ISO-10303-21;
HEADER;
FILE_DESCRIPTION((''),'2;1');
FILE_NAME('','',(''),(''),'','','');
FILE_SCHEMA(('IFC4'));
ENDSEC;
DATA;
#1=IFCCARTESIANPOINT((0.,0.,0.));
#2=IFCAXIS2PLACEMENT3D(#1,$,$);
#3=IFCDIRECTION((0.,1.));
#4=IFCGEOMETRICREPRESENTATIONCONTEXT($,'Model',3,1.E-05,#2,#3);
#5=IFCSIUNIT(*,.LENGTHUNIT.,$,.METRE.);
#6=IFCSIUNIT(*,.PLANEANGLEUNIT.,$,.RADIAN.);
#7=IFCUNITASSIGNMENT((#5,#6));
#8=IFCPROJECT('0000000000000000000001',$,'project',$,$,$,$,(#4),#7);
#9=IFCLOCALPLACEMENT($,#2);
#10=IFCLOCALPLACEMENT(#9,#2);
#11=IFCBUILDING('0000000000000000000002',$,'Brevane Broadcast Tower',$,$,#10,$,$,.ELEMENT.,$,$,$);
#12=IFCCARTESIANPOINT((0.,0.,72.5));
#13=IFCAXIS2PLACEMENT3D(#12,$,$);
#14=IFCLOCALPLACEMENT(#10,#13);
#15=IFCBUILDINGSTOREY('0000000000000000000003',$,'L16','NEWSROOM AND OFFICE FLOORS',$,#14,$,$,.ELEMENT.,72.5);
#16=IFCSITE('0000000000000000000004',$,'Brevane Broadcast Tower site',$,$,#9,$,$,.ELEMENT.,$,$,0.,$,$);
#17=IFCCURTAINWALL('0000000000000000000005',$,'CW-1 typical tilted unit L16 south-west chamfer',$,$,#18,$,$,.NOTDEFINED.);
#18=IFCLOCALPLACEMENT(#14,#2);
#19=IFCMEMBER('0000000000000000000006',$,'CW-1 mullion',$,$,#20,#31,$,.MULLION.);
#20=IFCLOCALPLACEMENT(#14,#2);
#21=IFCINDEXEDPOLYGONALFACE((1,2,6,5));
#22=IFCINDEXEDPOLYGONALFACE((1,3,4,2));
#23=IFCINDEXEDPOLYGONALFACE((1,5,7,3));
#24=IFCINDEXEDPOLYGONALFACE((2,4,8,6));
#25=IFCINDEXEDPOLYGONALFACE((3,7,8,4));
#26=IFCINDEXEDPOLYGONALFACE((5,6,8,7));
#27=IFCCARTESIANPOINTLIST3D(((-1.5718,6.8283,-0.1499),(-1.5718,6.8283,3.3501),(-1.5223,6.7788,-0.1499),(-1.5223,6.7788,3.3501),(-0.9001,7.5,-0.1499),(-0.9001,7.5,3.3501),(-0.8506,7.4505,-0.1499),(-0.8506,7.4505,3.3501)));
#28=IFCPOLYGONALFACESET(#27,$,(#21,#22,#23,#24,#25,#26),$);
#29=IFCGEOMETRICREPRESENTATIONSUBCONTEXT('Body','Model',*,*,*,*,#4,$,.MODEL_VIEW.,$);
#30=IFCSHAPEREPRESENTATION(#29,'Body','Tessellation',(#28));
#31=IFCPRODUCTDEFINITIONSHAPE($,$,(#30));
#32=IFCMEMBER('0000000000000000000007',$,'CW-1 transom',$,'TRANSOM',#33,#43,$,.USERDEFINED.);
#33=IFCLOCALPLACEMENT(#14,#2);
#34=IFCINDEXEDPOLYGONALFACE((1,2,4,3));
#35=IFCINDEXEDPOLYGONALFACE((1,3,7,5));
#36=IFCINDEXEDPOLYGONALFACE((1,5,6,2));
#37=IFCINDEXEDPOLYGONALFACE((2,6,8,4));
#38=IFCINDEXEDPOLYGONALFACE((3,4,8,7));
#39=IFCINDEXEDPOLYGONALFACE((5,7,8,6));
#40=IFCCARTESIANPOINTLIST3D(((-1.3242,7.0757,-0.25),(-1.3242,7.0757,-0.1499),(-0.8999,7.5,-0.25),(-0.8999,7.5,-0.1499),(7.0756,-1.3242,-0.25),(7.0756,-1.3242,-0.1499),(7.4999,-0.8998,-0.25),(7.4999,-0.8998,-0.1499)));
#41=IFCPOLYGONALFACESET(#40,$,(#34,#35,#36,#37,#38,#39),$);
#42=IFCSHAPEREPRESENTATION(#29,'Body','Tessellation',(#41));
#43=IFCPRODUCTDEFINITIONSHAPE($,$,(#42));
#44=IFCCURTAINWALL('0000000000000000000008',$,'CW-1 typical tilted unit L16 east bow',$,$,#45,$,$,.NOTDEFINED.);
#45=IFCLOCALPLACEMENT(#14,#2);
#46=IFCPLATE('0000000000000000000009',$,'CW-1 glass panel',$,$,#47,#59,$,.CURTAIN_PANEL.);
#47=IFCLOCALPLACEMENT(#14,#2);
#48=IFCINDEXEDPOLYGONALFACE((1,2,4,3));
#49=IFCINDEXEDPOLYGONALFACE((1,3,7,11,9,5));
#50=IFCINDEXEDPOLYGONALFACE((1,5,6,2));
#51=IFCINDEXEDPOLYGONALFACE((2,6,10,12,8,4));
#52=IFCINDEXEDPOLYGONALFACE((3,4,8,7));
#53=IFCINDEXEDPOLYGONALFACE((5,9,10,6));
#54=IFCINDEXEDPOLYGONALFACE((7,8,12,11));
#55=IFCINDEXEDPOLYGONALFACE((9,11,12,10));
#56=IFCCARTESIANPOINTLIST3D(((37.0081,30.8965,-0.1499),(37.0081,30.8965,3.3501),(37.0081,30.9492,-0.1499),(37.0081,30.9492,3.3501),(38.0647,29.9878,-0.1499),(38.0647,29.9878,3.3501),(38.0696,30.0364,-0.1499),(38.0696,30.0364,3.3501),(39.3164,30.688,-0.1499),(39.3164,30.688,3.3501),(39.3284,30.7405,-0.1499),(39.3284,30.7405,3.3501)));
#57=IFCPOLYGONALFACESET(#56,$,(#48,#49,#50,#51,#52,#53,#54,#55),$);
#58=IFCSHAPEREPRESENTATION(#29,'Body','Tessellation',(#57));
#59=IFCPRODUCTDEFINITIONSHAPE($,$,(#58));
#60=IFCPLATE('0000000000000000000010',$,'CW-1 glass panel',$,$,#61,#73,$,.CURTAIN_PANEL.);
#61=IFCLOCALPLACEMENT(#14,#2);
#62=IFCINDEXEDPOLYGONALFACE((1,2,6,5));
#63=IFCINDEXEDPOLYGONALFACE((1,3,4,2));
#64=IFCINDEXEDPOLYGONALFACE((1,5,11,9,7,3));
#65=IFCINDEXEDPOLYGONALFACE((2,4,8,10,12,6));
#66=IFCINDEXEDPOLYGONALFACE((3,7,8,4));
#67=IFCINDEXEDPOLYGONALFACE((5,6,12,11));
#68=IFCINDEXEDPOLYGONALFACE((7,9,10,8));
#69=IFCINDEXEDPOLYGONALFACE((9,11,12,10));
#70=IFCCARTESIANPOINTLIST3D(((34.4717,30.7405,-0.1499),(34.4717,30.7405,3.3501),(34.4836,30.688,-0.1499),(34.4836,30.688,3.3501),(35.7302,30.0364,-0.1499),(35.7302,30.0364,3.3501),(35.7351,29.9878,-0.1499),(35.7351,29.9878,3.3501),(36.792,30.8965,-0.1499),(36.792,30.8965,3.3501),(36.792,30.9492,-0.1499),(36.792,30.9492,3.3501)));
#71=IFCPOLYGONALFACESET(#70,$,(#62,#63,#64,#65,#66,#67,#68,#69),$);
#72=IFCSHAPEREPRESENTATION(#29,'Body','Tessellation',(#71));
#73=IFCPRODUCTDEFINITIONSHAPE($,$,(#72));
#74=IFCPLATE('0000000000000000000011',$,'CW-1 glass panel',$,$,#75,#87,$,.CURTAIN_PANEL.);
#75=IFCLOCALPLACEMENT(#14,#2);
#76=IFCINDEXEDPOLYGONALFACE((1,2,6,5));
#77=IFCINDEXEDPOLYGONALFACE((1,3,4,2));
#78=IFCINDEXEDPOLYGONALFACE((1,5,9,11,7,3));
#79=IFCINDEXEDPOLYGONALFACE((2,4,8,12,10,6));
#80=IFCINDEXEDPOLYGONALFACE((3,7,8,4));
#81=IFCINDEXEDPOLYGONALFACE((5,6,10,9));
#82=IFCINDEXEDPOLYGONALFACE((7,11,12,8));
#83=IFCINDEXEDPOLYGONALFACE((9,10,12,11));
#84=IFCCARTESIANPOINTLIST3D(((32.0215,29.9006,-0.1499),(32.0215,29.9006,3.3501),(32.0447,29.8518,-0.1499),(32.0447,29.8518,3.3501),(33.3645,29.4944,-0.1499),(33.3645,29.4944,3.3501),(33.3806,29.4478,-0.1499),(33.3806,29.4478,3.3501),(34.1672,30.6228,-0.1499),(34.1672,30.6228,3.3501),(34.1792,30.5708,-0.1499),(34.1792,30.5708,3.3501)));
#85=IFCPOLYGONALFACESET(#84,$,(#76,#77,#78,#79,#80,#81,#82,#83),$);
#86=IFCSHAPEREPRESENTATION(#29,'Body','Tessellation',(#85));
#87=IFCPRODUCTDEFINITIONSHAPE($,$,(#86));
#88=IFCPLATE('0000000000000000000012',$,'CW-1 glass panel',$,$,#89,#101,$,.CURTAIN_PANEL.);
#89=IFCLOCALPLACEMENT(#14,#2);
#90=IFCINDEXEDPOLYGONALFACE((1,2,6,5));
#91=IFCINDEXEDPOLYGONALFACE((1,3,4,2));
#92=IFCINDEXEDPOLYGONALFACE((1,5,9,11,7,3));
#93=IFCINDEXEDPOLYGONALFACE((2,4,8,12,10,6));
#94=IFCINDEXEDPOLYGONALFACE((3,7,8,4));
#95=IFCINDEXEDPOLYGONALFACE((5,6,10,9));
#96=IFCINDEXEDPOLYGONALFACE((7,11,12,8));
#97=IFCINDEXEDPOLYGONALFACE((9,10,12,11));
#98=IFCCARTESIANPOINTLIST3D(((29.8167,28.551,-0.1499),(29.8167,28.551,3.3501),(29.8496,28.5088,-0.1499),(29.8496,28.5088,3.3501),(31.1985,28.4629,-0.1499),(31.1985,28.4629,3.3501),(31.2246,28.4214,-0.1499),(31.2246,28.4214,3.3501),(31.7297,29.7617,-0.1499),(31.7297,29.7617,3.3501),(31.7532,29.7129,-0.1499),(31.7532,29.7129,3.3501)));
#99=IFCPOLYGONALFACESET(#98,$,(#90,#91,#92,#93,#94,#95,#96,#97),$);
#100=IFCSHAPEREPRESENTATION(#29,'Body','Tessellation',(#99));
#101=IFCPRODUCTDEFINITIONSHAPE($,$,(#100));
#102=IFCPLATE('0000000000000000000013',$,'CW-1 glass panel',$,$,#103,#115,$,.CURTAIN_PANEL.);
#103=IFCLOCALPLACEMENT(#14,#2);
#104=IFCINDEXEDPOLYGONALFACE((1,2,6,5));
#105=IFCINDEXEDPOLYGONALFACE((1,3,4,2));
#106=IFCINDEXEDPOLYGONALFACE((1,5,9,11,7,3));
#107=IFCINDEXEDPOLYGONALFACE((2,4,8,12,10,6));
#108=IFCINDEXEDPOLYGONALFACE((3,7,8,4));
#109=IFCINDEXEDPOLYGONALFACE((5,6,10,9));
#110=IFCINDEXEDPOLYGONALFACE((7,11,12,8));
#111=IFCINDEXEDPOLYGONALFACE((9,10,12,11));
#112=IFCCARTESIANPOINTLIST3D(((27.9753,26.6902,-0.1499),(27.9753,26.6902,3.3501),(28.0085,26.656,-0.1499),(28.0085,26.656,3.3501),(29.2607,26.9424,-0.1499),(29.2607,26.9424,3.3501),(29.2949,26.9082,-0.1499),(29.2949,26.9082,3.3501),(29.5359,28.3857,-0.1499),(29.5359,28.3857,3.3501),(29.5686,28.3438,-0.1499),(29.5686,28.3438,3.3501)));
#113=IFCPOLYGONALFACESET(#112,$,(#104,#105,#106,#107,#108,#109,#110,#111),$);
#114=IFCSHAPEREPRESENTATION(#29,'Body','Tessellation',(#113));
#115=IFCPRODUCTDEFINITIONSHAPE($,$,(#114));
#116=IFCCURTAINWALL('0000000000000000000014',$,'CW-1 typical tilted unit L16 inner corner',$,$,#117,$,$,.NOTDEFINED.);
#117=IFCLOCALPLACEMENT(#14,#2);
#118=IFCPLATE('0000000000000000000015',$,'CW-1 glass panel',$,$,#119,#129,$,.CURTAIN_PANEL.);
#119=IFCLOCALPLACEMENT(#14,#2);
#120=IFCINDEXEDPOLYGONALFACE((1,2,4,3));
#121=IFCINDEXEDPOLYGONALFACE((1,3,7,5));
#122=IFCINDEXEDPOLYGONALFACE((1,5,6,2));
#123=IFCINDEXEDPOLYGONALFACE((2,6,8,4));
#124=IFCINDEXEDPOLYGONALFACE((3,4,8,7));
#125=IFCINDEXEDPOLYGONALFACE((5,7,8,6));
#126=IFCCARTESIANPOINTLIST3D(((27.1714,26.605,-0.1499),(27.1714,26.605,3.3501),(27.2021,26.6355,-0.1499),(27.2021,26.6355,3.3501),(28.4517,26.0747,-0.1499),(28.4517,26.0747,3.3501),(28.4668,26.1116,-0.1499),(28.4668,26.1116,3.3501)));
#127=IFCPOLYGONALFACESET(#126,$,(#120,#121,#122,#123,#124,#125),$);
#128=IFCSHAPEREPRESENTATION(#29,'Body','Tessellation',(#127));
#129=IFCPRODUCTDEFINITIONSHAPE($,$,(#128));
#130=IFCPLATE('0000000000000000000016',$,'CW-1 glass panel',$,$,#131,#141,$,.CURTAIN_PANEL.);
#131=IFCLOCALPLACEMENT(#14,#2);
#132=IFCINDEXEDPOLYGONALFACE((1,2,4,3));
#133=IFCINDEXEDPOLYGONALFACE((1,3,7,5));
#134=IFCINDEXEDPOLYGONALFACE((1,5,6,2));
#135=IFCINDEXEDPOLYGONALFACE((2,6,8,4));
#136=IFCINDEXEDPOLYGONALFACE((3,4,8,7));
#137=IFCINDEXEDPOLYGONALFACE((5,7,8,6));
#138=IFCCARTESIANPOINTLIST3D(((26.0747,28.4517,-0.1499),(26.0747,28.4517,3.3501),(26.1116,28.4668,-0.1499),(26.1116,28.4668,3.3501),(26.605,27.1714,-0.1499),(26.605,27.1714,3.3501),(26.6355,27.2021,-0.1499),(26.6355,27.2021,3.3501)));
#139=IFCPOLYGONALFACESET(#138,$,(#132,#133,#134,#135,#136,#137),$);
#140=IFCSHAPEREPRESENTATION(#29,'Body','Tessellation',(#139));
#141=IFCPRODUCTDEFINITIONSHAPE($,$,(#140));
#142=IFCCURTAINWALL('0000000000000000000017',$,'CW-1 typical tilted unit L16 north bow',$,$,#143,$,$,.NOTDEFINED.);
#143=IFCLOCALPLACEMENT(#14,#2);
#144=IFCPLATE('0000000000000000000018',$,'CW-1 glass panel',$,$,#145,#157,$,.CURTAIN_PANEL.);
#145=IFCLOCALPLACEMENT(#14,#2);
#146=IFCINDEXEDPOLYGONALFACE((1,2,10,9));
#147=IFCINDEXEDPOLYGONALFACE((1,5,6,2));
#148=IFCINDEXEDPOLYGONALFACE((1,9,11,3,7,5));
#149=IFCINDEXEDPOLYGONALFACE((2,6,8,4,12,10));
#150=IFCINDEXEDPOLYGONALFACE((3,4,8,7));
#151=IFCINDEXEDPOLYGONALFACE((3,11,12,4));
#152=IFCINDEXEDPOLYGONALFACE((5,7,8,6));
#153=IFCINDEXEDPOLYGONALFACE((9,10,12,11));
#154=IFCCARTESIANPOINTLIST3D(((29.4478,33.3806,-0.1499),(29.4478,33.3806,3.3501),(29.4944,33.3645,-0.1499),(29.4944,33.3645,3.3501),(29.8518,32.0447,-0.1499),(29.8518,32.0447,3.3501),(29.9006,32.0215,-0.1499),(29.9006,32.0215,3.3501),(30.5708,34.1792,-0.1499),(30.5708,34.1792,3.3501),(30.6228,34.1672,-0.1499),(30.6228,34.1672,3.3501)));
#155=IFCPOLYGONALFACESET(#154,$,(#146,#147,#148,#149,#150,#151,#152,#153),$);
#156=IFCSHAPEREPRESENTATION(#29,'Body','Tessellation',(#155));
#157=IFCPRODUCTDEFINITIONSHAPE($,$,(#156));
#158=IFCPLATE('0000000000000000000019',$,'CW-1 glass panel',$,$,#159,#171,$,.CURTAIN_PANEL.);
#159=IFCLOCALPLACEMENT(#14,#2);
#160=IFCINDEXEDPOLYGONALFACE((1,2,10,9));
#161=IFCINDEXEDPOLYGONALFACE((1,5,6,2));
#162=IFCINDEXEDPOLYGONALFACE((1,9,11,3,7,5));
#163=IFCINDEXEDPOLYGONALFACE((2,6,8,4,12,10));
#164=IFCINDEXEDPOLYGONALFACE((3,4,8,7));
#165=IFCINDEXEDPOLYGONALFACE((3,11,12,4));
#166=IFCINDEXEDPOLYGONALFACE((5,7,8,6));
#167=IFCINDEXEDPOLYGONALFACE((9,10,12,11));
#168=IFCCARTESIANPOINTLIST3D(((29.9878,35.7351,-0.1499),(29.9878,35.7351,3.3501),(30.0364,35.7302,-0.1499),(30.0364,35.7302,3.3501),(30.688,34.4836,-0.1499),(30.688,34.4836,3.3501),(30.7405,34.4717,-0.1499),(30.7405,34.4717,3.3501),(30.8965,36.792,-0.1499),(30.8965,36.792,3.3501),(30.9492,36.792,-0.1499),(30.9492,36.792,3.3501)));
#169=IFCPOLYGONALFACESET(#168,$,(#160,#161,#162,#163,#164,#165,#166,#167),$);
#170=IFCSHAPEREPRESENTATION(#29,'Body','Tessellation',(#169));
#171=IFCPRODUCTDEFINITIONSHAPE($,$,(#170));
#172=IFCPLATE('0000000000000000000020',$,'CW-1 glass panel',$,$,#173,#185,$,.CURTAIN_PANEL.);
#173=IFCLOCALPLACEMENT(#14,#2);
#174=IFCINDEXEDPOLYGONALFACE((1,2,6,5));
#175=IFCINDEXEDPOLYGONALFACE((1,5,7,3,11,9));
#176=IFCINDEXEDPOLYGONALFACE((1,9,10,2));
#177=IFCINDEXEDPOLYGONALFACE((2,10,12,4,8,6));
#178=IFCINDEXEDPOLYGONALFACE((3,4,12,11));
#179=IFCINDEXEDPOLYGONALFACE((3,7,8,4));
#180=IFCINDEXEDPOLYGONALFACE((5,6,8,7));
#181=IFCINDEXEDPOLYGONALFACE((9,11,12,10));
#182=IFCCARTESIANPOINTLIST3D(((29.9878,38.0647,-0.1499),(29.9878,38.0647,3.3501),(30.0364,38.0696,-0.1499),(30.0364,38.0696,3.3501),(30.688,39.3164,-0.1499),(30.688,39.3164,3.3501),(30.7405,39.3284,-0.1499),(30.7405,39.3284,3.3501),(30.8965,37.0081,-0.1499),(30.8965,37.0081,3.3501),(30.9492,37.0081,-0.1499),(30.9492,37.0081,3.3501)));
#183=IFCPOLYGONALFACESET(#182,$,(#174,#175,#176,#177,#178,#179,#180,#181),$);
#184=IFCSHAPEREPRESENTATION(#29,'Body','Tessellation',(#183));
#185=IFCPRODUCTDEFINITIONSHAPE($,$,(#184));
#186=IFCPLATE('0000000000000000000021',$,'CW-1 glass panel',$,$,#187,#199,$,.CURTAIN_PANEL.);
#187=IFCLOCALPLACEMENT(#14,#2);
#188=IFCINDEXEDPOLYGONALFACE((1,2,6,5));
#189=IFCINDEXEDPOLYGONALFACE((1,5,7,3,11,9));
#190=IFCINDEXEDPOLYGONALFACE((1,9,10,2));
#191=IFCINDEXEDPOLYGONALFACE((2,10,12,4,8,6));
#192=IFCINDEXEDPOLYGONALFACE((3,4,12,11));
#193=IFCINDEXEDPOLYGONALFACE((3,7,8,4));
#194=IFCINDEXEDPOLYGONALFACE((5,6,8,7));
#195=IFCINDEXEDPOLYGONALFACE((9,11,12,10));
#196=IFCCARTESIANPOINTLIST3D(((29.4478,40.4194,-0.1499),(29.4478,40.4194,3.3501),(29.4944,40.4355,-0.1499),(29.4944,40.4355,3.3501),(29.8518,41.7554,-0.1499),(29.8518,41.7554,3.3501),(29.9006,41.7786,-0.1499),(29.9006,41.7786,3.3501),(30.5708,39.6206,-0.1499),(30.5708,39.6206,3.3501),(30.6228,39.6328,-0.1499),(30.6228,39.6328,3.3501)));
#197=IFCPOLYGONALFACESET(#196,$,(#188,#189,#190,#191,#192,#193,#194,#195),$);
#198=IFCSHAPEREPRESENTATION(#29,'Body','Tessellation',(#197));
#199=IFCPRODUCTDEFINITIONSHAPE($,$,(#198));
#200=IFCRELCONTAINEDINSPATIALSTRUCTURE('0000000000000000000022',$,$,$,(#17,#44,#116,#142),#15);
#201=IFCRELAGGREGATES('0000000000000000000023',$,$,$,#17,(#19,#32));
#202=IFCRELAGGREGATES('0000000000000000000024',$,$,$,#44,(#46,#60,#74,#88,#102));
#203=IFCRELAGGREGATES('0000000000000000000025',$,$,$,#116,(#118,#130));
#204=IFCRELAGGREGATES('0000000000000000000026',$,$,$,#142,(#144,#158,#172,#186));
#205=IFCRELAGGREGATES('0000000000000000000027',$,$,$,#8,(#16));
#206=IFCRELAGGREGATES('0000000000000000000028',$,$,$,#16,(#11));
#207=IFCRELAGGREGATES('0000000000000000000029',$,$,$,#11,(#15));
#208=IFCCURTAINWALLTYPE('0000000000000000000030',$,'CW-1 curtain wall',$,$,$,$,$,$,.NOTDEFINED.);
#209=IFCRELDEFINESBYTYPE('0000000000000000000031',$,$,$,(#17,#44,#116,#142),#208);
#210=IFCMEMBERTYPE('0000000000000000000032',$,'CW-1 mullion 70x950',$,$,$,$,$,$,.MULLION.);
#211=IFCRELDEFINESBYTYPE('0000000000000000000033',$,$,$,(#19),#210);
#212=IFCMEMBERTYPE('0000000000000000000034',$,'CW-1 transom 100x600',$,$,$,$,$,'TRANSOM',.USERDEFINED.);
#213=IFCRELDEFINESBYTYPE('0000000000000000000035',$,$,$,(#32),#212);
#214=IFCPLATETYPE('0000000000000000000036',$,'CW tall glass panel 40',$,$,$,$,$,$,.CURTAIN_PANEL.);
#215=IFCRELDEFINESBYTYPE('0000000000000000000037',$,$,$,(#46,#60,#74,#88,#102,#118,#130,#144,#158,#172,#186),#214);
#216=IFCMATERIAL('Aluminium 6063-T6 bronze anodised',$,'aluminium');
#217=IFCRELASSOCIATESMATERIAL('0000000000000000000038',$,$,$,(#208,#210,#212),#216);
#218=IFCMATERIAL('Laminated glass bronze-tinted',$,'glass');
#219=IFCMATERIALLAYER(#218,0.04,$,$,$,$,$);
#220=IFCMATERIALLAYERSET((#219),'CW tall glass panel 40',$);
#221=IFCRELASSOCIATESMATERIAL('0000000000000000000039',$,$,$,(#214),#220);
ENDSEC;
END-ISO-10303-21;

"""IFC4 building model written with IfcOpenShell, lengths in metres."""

from ifc_helpers import new_model, si_unit, direction, frame, origin, origin_2d, place, context, subcontext, project, spatial, polyline, rectangle, outline, extrude, material, layer, layer_set, material_profile, profile_set, type_object, element, aggregate, save


model = new_model("IFC4")

# Units and contexts
model_context = context("Model", 3, precision=1e-05, world=origin(), true_north=direction((0.0, 1.0)))
body_context = subcontext(model_context, "Body", "Model", "MODEL_VIEW")
ifc_project = project(units=[si_unit("LENGTHUNIT", "METRE"), si_unit("PLANEANGLEUNIT", "RADIAN")], contexts=[model_context])

# Site, building, storey
site_placement = place(None, origin())
site = spatial("IfcSite", under=ifc_project, at=site_placement, Name="Brevane Broadcast Tower site", CompositionType="ELEMENT", RefElevation=0.0)
building_placement = place(site_placement, origin())
building = spatial("IfcBuilding", under=site, at=building_placement, Name="Brevane Broadcast Tower", CompositionType="ELEMENT")
storey_placement = place(building_placement, frame((0.0, 0.0, 72.5)))
storey = spatial("IfcBuildingStorey", under=building, at=storey_placement, Name="L16", Description="NEWSROOM AND OFFICE FLOORS", CompositionType="ELEMENT", Elevation=72.5)

# Curtain wall, members
ifc_material_1 = material(Name="Aluminium 6063-T6 bronze anodised", Category="aluminium")
curtain_wall_type = type_object("IfcCurtainWallType", Name="CW-1 curtain wall", PredefinedType="NOTDEFINED", material=ifc_material_1)
curtain_wall_1_placement = place(storey_placement, origin())
curtain_wall_1 = element("IfcCurtainWall", 1, at=curtain_wall_1_placement, inside=storey, type_object=curtain_wall_type, Name="CW-1 typical tilted unit L16 south-west chamfer", PredefinedType="NOTDEFINED")
ifc_material_profile_1 = material_profile(ifc_material_1, rectangle(XDim=0.95, YDim=0.0701, at=origin_2d()), Name="RECT 70x950")
ifc_profile_set_1 = profile_set([ifc_material_profile_1], Name="Aluminium 6063-T6 bronze anodised")
member_type_1 = type_object("IfcMemberType", Name="CW-1 mullion 70x950", PredefinedType="MULLION", material=ifc_profile_set_1)
member_1_placement = place(storey_placement, frame((-1.2112, 7.1394, -0.1499), z_axis=(0.0, 0.0, 1.0), x_axis=(0.707107, 0.707107, 0.0)))
member_1 = element("IfcMember", 2, at=member_1_placement, type_object=member_type_1, Name="CW-1 mullion", PredefinedType="MULLION", context=body_context, shape_type="SweptSolid", body=[
    extrude(rectangle(XDim=0.95, YDim=0.0701, at=origin_2d()), origin(), (0.0, 0.0, 1.0), 3.5),
])
ifc_material_profile_2 = material_profile(ifc_material_1, rectangle(XDim=0.6001, YDim=0.1001, at=origin_2d()), Name="RECT 100x600")
ifc_profile_set_2 = profile_set([ifc_material_profile_2], Name="Aluminium 6063-T6 bronze anodised")
member_type_2 = type_object("IfcMemberType", Name="CW-1 transom 100x600", ElementType="TRANSOM", PredefinedType="USERDEFINED", material=ifc_profile_set_2)
member_2_placement = place(storey_placement, frame((-1.1121, 7.2878, -0.2), z_axis=(0.707107, -0.707107, 0.0), x_axis=(0.707107, 0.707107, 0.0)))
member_2 = element("IfcMember", 3, at=member_2_placement, type_object=member_type_2, Name="CW-1 transom", ObjectType="TRANSOM", PredefinedType="USERDEFINED", context=body_context, shape_type="SweptSolid", body=[
    extrude(rectangle(XDim=0.6001, YDim=0.1001, at=origin_2d()), origin(), (0.0, 0.0, 1.0), 11.8792),
])
aggregate(curtain_wall_1, [member_1, member_2])

# Curtain walls, plates
curtain_wall_2_placement = place(storey_placement, origin())
curtain_wall_2 = element("IfcCurtainWall", 4, at=curtain_wall_2_placement, inside=storey, type_object=curtain_wall_type, Name="CW-1 typical tilted unit L16 east bow", PredefinedType="NOTDEFINED")
ifc_material_2 = material(Name="Laminated glass bronze-tinted", Category="glass")
ifc_layer_1 = layer(ifc_material_2, 0.04)
ifc_layer_set_1 = layer_set([ifc_layer_1], Name="CW tall glass panel 40")
plate_type = type_object("IfcPlateType", Name="CW tall glass panel 40", PredefinedType="CURTAIN_PANEL", material=ifc_layer_set_1)
plate_1_placement = place(storey_placement, frame((0.0, 0.0, -0.1499)))
plate_1 = element("IfcPlate", 5, at=plate_1_placement, type_object=plate_type, Name="CW-1 glass panel", PredefinedType="CURTAIN_PANEL", context=body_context, shape_type="SweptSolid", body=[
    extrude(outline(polyline([(39.3164, 30.688), (39.3284, 30.7405), (38.0696, 30.0364), (37.0081, 30.9492), (37.0081, 30.8965), (38.0647, 29.9878), (39.3164, 30.688)])), origin(), (0.0, 0.0, 1.0), 3.5),
])
plate_2_placement = place(storey_placement, frame((0.0, 0.0, -0.1499)))
plate_2 = element("IfcPlate", 6, at=plate_2_placement, type_object=plate_type, Name="CW-1 glass panel", PredefinedType="CURTAIN_PANEL", context=body_context, shape_type="SweptSolid", body=[
    extrude(outline(polyline([(36.792, 30.8965), (36.792, 30.9492), (35.7302, 30.0364), (34.4717, 30.7405), (34.4836, 30.688), (35.7351, 29.9878), (36.792, 30.8965)])), origin(), (0.0, 0.0, 1.0), 3.5),
])
plate_3_placement = place(storey_placement, frame((0.0, 0.0, -0.1499)))
plate_3 = element("IfcPlate", 7, at=plate_3_placement, type_object=plate_type, Name="CW-1 glass panel", PredefinedType="CURTAIN_PANEL", context=body_context, shape_type="SweptSolid", body=[
    extrude(outline(polyline([(34.1792, 30.5708), (34.1672, 30.6228), (33.3645, 29.4944), (32.0215, 29.9006), (32.0447, 29.8518), (33.3806, 29.4478), (34.1792, 30.5708)])), origin(), (0.0, 0.0, 1.0), 3.5),
])
plate_4_placement = place(storey_placement, frame((0.0, 0.0, -0.1499)))
plate_4 = element("IfcPlate", 8, at=plate_4_placement, type_object=plate_type, Name="CW-1 glass panel", PredefinedType="CURTAIN_PANEL", context=body_context, shape_type="SweptSolid", body=[
    extrude(outline(polyline([(31.7532, 29.7129), (31.7297, 29.7617), (31.1985, 28.4629), (29.8167, 28.551), (29.8496, 28.5088), (31.2246, 28.4214), (31.7532, 29.7129)])), origin(), (0.0, 0.0, 1.0), 3.5),
])
plate_5_placement = place(storey_placement, frame((0.0, 0.0, -0.1499)))
plate_5 = element("IfcPlate", 9, at=plate_5_placement, type_object=plate_type, Name="CW-1 glass panel", PredefinedType="CURTAIN_PANEL", context=body_context, shape_type="SweptSolid", body=[
    extrude(outline(polyline([(29.5686, 28.3438), (29.5359, 28.3857), (29.2607, 26.9424), (27.9753, 26.6902), (28.0085, 26.656), (29.2949, 26.9082), (29.5686, 28.3438)])), origin(), (0.0, 0.0, 1.0), 3.5),
])
aggregate(curtain_wall_2, [plate_1, plate_2, plate_3, plate_4, plate_5])
curtain_wall_3_placement = place(storey_placement, origin())
curtain_wall_3 = element("IfcCurtainWall", 10, at=curtain_wall_3_placement, inside=storey, type_object=curtain_wall_type, Name="CW-1 typical tilted unit L16 inner corner", PredefinedType="NOTDEFINED")
plate_6_placement = place(storey_placement, frame((0.0, 0.0, -0.1499)))
plate_6 = element("IfcPlate", 11, at=plate_6_placement, type_object=plate_type, Name="CW-1 glass panel", PredefinedType="CURTAIN_PANEL", context=body_context, shape_type="SweptSolid", body=[
    extrude(outline(polyline([(28.4517, 26.0747), (28.4668, 26.1116), (27.2021, 26.6355), (27.1714, 26.605), (28.4517, 26.0747)])), origin(), (0.0, 0.0, 1.0), 3.5),
])
plate_7_placement = place(storey_placement, frame((0.0, 0.0, -0.1499)))
plate_7 = element("IfcPlate", 12, at=plate_7_placement, type_object=plate_type, Name="CW-1 glass panel", PredefinedType="CURTAIN_PANEL", context=body_context, shape_type="SweptSolid", body=[
    extrude(outline(polyline([(26.605, 27.1714), (26.6355, 27.2021), (26.1116, 28.4668), (26.0747, 28.4517), (26.605, 27.1714)])), origin(), (0.0, 0.0, 1.0), 3.5),
])
aggregate(curtain_wall_3, [plate_6, plate_7])
curtain_wall_4_placement = place(storey_placement, origin())
curtain_wall_4 = element("IfcCurtainWall", 13, at=curtain_wall_4_placement, inside=storey, type_object=curtain_wall_type, Name="CW-1 typical tilted unit L16 north bow", PredefinedType="NOTDEFINED")
plate_8_placement = place(storey_placement, frame((0.0, 0.0, -0.1499)))
plate_8 = element("IfcPlate", 14, at=plate_8_placement, type_object=plate_type, Name="CW-1 glass panel", PredefinedType="CURTAIN_PANEL", context=body_context, shape_type="SweptSolid", body=[
    extrude(outline(polyline([(29.8518, 32.0447), (29.9006, 32.0215), (29.4944, 33.3645), (30.6228, 34.1672), (30.5708, 34.1792), (29.4478, 33.3806), (29.8518, 32.0447)])), origin(), (0.0, 0.0, 1.0), 3.5),
])
plate_9_placement = place(storey_placement, frame((0.0, 0.0, -0.1499)))
plate_9 = element("IfcPlate", 15, at=plate_9_placement, type_object=plate_type, Name="CW-1 glass panel", PredefinedType="CURTAIN_PANEL", context=body_context, shape_type="SweptSolid", body=[
    extrude(outline(polyline([(30.688, 34.4836), (30.7405, 34.4717), (30.0364, 35.7302), (30.9492, 36.792), (30.8965, 36.792), (29.9878, 35.7351), (30.688, 34.4836)])), origin(), (0.0, 0.0, 1.0), 3.5),
])
plate_10_placement = place(storey_placement, frame((0.0, 0.0, -0.1499)))
plate_10 = element("IfcPlate", 16, at=plate_10_placement, type_object=plate_type, Name="CW-1 glass panel", PredefinedType="CURTAIN_PANEL", context=body_context, shape_type="SweptSolid", body=[
    extrude(outline(polyline([(30.8965, 37.0081), (30.9492, 37.0081), (30.0364, 38.0696), (30.7405, 39.3284), (30.688, 39.3164), (29.9878, 38.0647), (30.8965, 37.0081)])), origin(), (0.0, 0.0, 1.0), 3.5),
])
plate_11_placement = place(storey_placement, frame((0.0, 0.0, -0.1499)))
plate_11 = element("IfcPlate", 17, at=plate_11_placement, type_object=plate_type, Name="CW-1 glass panel", PredefinedType="CURTAIN_PANEL", context=body_context, shape_type="SweptSolid", body=[
    extrude(outline(polyline([(30.5708, 39.6206), (30.6228, 39.6328), (29.4944, 40.4355), (29.9006, 41.7786), (29.8518, 41.7554), (29.4478, 40.4194), (30.5708, 39.6206)])), origin(), (0.0, 0.0, 1.0), 3.5),
])

aggregate(curtain_wall_4, [plate_8, plate_9, plate_10, plate_11])

save(model, "model.ifc")
